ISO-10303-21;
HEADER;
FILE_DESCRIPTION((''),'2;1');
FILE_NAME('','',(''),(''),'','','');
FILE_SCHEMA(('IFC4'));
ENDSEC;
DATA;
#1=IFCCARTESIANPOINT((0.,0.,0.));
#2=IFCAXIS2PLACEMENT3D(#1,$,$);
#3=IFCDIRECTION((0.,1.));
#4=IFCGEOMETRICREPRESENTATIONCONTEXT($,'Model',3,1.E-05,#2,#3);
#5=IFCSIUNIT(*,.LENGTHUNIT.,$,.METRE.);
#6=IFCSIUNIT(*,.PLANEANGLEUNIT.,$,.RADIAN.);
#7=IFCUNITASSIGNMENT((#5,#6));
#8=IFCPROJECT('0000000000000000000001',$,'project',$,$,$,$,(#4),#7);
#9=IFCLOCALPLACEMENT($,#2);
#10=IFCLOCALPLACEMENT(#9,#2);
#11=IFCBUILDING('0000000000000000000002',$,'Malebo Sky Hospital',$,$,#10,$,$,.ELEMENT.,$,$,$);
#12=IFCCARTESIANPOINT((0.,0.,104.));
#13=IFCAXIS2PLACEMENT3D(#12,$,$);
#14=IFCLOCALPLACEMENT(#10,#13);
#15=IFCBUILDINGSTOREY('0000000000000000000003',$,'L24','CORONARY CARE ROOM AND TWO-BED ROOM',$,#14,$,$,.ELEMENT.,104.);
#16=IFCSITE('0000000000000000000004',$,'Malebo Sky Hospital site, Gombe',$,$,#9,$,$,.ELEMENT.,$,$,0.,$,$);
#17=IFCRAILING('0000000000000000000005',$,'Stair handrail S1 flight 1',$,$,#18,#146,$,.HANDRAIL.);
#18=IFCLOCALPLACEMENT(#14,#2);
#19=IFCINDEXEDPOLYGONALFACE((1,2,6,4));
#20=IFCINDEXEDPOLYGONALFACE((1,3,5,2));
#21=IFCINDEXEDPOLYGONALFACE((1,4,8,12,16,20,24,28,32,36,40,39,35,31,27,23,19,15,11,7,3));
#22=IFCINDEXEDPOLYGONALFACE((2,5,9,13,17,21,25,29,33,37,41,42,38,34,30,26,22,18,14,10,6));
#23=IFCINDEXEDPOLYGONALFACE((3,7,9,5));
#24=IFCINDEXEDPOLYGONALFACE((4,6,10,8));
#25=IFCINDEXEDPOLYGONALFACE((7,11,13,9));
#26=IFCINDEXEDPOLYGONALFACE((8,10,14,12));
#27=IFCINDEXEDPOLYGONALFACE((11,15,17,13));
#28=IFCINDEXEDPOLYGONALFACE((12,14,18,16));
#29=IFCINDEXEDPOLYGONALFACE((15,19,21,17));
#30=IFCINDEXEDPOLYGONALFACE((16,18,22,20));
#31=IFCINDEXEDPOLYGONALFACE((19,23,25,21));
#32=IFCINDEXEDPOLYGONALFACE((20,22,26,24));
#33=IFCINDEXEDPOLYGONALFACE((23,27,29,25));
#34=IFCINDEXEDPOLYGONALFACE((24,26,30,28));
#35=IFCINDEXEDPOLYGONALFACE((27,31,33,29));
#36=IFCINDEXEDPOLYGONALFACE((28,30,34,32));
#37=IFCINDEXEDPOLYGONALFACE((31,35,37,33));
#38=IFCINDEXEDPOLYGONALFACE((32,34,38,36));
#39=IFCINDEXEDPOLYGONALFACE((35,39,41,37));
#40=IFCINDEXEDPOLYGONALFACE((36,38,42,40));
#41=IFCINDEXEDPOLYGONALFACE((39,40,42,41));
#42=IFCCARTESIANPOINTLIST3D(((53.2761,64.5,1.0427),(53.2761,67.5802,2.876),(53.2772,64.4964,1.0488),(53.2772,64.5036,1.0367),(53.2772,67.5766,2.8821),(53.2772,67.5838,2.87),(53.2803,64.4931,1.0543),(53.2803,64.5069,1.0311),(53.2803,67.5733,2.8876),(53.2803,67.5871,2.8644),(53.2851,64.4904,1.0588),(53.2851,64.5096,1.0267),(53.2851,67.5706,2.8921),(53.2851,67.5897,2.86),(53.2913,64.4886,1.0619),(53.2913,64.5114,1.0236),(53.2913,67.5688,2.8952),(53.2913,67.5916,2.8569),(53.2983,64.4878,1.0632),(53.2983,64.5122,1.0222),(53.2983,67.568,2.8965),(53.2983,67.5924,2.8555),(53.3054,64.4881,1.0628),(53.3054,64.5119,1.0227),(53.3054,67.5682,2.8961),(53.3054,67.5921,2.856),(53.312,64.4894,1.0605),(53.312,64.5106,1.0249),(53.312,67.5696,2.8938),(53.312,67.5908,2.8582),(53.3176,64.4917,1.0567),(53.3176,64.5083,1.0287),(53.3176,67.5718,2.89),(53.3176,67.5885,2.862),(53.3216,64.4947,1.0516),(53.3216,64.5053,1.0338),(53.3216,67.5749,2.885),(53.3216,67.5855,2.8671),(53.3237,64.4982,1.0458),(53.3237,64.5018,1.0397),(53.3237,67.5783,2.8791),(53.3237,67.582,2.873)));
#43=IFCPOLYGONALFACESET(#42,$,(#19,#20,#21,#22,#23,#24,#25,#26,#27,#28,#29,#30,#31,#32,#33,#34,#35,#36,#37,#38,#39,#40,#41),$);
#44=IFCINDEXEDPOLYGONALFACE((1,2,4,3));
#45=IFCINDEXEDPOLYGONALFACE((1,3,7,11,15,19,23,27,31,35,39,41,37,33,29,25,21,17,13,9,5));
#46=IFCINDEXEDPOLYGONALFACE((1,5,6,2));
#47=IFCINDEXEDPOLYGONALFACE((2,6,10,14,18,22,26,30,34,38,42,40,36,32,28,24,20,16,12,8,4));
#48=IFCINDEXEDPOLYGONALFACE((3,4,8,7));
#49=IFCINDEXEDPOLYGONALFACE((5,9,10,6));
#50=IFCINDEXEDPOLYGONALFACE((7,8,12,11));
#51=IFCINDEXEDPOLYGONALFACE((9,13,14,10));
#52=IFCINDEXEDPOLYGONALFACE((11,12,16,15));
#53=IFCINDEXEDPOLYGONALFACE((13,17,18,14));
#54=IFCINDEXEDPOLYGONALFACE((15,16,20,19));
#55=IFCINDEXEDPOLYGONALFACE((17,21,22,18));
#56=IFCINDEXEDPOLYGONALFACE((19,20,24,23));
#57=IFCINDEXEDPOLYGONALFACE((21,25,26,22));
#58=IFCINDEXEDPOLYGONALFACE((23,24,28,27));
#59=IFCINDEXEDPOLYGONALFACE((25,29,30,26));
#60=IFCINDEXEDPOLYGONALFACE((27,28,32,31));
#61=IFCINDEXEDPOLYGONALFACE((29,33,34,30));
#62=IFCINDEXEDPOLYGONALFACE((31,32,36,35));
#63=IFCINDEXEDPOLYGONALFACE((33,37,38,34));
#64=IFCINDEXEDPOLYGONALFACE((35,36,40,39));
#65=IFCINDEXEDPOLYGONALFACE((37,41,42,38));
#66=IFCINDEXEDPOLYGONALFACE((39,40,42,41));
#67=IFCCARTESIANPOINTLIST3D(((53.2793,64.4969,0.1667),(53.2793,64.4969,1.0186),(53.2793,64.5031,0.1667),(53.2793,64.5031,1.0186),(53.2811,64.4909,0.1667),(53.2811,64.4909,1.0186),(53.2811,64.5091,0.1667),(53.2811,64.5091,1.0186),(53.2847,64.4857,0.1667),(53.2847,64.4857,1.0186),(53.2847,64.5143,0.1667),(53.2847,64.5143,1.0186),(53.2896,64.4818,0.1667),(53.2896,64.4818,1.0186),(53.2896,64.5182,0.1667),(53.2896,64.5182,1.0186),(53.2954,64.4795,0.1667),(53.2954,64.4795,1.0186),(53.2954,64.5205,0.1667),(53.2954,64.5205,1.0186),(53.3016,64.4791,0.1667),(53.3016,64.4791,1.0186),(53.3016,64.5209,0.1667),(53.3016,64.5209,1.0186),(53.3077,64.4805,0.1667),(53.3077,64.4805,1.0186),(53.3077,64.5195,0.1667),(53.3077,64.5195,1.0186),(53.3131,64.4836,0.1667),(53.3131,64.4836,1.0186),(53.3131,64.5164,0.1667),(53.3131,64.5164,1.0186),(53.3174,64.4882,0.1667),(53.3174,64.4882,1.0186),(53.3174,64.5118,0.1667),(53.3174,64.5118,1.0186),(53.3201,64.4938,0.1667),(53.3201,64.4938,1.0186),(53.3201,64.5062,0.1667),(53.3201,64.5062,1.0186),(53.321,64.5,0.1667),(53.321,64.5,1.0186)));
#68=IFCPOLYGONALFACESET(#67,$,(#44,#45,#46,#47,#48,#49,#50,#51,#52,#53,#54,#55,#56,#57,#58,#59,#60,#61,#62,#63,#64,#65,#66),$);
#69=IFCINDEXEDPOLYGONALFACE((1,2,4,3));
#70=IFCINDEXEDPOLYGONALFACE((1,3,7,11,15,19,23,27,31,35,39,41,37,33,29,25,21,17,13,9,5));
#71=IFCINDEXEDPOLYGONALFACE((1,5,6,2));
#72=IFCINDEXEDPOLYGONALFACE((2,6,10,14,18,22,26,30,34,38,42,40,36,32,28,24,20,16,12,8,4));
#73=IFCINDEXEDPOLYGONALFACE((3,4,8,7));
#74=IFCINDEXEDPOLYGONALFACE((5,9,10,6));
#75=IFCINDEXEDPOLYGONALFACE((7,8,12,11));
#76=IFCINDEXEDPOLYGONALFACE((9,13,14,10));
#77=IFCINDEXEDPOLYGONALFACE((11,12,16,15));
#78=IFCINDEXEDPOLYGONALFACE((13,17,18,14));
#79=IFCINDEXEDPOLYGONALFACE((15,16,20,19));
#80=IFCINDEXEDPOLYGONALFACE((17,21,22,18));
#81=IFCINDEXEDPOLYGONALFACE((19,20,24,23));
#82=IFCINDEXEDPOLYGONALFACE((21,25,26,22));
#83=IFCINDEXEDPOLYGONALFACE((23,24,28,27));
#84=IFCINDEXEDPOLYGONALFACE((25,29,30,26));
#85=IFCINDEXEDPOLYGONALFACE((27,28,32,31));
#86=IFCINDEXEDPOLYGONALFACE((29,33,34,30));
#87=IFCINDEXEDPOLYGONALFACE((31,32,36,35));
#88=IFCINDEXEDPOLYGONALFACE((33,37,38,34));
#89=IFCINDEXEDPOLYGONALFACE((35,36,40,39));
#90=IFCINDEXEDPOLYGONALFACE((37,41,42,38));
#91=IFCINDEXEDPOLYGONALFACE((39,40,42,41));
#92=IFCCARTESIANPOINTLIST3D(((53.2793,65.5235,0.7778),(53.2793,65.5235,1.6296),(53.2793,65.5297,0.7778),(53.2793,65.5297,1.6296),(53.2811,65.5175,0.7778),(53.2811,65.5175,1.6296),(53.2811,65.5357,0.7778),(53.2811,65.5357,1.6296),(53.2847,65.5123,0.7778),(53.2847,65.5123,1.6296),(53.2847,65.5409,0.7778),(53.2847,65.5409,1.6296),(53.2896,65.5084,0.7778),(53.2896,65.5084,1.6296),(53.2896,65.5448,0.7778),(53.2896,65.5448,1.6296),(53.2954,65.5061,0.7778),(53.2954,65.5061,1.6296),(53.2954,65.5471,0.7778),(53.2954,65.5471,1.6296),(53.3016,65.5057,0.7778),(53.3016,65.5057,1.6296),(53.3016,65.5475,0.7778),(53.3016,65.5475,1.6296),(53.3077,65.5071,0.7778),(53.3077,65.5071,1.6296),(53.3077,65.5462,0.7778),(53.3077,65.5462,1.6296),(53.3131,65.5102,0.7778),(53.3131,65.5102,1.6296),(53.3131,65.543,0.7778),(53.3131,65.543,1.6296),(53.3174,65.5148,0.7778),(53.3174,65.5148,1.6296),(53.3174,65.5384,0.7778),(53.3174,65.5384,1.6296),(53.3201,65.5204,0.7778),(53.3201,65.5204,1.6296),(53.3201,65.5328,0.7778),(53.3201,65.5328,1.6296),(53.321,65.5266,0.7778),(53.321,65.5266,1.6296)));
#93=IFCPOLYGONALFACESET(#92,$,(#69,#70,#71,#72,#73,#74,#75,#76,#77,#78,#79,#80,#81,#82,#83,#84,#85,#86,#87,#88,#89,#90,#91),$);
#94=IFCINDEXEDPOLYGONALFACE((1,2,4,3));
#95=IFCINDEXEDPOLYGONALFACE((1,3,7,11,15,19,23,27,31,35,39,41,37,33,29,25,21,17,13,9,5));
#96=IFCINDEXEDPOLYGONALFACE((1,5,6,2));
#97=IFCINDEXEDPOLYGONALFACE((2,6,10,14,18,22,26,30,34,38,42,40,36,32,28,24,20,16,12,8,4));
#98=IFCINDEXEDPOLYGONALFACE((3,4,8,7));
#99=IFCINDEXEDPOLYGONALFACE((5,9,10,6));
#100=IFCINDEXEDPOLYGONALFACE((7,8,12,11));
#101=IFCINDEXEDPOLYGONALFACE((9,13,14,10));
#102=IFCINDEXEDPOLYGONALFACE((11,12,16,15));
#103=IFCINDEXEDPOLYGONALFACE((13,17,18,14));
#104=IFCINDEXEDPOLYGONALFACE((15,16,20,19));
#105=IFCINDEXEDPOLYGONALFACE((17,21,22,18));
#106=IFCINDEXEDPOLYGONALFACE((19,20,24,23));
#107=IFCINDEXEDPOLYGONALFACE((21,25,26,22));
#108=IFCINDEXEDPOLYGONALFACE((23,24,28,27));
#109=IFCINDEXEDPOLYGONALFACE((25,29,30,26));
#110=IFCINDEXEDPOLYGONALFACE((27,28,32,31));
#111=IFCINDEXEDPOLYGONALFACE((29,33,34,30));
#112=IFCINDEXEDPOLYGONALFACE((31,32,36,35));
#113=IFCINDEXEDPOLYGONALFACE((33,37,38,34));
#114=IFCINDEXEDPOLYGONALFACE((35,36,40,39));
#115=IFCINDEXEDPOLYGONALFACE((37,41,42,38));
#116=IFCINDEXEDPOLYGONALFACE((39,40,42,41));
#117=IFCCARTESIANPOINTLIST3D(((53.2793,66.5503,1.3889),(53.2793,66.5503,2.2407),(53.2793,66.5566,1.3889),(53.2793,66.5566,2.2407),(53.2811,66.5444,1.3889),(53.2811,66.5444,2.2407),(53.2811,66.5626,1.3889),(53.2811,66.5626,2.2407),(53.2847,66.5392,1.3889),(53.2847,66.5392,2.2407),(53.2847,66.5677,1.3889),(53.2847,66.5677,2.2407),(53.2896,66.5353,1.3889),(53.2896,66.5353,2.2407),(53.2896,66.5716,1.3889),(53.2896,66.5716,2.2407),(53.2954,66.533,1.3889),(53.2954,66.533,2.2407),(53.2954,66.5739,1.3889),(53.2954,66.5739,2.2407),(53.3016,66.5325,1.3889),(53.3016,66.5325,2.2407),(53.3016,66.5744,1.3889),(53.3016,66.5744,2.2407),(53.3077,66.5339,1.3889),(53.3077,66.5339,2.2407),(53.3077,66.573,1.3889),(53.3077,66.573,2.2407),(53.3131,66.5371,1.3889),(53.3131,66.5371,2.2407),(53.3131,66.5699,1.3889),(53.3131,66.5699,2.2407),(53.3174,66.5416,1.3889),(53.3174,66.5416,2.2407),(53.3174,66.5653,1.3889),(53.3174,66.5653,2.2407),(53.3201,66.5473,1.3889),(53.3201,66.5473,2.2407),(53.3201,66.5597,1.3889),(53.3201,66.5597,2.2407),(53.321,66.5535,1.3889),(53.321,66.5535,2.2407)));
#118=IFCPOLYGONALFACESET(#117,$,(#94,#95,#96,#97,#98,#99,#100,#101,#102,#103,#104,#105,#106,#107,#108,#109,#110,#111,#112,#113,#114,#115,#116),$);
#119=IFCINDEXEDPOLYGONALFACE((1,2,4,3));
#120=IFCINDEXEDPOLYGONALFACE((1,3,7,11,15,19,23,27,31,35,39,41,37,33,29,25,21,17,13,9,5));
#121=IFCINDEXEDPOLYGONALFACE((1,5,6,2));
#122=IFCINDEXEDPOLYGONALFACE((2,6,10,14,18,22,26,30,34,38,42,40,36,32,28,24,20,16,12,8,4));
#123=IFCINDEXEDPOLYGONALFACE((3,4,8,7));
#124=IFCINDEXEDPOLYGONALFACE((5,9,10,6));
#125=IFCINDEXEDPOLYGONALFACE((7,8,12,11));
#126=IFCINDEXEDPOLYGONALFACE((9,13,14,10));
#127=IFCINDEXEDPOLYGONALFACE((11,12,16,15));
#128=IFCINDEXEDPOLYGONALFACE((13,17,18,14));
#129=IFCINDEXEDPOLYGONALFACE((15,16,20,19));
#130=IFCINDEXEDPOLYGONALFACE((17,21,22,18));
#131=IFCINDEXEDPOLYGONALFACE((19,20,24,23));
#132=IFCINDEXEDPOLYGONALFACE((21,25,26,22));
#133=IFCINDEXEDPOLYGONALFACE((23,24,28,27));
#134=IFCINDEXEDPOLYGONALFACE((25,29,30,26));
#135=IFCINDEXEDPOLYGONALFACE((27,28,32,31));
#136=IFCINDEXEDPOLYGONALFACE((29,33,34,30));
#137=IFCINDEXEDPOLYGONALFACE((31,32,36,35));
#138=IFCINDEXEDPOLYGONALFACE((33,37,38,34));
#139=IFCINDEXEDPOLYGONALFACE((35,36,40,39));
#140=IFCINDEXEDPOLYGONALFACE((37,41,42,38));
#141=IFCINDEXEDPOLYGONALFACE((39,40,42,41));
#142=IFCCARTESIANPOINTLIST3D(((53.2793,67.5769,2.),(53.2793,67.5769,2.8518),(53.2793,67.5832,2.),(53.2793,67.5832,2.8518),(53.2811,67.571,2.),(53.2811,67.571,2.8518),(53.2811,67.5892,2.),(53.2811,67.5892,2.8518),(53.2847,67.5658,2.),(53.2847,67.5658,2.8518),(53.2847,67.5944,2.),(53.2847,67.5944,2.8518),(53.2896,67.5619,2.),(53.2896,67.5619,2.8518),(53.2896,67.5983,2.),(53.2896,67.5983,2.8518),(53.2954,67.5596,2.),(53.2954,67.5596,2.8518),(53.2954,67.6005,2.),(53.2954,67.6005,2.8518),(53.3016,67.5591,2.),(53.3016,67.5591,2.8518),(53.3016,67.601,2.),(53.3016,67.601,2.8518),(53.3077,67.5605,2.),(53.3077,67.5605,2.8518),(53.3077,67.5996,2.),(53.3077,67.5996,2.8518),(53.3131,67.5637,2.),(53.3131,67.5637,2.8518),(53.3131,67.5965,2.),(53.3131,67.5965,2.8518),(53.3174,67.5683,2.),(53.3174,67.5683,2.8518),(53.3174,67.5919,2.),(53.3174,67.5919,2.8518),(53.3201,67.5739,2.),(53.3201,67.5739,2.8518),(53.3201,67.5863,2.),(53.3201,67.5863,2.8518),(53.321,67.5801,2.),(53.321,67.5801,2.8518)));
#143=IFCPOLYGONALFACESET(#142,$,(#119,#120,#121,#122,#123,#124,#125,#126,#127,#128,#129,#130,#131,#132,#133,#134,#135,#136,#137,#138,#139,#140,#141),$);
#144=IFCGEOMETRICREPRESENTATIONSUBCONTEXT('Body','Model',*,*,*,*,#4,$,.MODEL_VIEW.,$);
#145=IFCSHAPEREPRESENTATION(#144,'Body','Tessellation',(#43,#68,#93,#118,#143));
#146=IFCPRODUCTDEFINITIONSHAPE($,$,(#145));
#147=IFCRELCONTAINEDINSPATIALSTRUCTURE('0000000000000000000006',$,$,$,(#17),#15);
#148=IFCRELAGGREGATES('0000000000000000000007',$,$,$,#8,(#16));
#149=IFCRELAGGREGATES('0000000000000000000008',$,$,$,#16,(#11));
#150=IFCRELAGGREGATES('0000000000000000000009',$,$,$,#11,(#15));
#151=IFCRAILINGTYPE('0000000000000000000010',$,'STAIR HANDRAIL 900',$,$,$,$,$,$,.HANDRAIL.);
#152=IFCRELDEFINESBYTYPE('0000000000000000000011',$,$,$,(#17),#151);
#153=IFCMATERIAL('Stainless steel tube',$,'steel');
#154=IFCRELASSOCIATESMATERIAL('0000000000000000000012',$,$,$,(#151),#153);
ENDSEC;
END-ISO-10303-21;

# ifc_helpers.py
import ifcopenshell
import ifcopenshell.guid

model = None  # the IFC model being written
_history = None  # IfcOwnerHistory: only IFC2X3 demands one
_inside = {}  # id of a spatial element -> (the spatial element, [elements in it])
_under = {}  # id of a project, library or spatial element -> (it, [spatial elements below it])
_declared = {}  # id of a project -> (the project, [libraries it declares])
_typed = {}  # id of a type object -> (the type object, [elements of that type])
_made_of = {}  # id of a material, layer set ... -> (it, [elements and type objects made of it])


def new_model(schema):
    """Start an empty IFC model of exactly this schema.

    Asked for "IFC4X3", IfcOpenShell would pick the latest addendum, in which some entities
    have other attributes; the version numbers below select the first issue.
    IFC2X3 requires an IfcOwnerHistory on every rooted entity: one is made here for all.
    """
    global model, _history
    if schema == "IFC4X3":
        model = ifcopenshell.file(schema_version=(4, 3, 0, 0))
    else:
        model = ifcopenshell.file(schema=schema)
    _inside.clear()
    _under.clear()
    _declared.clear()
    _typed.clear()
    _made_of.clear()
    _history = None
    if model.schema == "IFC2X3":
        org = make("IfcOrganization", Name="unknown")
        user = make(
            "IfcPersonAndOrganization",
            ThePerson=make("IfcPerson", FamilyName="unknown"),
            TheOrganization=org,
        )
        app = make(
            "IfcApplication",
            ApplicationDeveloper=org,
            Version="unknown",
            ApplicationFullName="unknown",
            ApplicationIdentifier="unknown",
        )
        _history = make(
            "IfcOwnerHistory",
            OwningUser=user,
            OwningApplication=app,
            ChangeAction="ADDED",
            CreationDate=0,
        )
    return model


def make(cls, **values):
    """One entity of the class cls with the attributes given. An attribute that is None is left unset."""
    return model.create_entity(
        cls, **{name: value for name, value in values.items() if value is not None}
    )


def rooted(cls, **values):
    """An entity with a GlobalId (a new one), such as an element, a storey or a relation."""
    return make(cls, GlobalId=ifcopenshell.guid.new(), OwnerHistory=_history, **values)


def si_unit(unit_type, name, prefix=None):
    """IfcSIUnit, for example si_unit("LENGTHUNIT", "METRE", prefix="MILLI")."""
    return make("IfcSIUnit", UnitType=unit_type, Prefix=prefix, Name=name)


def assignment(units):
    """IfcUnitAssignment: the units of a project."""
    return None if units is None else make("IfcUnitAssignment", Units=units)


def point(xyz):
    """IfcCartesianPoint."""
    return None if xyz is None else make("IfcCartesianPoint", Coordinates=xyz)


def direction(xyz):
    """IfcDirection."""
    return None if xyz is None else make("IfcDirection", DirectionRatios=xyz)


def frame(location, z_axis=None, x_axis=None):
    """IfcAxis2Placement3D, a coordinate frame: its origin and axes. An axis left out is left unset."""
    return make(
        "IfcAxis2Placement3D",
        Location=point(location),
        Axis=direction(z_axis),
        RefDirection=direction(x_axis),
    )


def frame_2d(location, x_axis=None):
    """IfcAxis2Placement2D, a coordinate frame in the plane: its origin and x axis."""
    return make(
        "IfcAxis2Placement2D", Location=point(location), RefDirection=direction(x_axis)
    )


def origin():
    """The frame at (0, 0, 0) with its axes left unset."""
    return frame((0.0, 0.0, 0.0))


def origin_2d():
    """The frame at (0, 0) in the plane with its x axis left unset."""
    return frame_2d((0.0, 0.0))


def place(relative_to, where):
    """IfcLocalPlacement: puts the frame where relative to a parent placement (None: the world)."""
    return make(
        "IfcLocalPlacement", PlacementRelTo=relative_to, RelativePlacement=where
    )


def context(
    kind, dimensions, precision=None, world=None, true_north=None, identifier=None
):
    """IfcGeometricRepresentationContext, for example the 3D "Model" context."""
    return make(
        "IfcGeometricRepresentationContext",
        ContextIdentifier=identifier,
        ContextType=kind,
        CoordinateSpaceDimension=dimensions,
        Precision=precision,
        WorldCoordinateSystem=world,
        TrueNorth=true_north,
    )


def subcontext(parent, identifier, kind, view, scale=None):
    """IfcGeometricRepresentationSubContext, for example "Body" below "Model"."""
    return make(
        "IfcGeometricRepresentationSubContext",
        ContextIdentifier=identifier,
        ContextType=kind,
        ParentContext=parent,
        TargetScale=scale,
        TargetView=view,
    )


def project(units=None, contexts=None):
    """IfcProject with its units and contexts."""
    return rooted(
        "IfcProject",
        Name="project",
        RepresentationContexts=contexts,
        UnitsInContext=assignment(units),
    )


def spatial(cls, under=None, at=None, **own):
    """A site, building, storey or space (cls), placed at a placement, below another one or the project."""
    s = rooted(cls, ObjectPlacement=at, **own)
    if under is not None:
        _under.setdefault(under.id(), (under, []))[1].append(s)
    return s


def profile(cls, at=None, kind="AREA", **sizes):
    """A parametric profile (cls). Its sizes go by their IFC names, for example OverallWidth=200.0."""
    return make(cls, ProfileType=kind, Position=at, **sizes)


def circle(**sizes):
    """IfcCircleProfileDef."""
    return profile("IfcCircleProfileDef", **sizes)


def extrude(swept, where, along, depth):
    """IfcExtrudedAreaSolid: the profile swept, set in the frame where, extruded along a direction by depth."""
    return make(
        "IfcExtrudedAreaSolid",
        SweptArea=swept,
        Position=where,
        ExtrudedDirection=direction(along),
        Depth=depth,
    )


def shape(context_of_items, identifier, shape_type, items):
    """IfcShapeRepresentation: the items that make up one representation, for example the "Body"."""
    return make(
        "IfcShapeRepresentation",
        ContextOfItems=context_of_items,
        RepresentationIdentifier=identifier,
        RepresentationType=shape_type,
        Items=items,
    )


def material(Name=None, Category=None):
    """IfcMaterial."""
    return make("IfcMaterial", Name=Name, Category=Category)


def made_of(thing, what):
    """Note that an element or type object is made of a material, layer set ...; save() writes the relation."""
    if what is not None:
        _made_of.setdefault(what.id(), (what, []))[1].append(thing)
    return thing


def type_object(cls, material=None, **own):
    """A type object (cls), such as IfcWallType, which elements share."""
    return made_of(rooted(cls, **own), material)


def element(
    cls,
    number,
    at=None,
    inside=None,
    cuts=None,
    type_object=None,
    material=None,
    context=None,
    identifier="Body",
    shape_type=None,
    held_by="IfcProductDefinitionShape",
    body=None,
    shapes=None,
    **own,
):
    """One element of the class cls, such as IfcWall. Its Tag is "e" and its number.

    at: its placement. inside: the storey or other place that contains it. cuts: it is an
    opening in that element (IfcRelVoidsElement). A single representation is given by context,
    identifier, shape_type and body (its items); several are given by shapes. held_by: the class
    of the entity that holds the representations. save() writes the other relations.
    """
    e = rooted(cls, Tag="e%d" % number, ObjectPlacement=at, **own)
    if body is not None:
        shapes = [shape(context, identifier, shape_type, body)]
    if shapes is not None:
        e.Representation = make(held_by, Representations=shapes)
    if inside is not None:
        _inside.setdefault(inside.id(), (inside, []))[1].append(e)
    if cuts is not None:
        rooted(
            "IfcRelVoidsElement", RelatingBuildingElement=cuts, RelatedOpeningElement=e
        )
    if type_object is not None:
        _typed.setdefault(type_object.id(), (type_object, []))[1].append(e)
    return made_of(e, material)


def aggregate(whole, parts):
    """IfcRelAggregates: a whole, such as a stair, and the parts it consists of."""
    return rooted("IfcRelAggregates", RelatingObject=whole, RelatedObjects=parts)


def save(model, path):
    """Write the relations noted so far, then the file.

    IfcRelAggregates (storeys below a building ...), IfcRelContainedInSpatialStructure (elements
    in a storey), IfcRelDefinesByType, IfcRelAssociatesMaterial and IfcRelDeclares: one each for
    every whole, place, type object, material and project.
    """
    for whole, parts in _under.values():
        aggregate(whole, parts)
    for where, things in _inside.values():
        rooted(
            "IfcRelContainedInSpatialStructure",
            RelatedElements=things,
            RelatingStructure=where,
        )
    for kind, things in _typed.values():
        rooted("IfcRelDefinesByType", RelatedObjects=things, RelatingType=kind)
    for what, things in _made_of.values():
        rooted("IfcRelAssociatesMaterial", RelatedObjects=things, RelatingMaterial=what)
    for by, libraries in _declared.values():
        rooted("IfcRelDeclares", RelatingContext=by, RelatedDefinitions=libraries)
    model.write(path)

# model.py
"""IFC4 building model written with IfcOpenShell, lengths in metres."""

from ifc_helpers import new_model, si_unit, direction, frame, origin, origin_2d, place, context, subcontext, project, spatial, circle, extrude, material, type_object, element, save


model = new_model("IFC4")

# Units and contexts
model_context = context("Model", 3, precision=1e-05, world=origin(), true_north=direction((0.0, 1.0)))
body_context = subcontext(model_context, "Body", "Model", "MODEL_VIEW")
ifc_project = project(units=[si_unit("LENGTHUNIT", "METRE"), si_unit("PLANEANGLEUNIT", "RADIAN")], contexts=[model_context])

# Site, building, storey
site_placement = place(None, origin())
site = spatial("IfcSite", under=ifc_project, at=site_placement, Name="Malebo Sky Hospital site, Gombe", CompositionType="ELEMENT", RefElevation=0.0)
building_placement = place(site_placement, origin())
building = spatial("IfcBuilding", under=site, at=building_placement, Name="Malebo Sky Hospital", CompositionType="ELEMENT")
storey_placement = place(building_placement, frame((0.0, 0.0, 104.0)))
storey = spatial("IfcBuildingStorey", under=building, at=storey_placement, Name="L24", Description="CORONARY CARE ROOM AND TWO-BED ROOM", CompositionType="ELEMENT", Elevation=104.0)

# Railing
ifc_material_1 = material(Name="Stainless steel tube", Category="steel")
railing_type = type_object("IfcRailingType", Name="STAIR HANDRAIL 900", PredefinedType="HANDRAIL", material=ifc_material_1)
railing_1_placement = place(storey_placement, frame((53.3, 64.5, 0.1667)))
element("IfcRailing", 1, at=railing_1_placement, inside=storey, type_object=railing_type, Name="Stair handrail S1 flight 1", PredefinedType="HANDRAIL", context=body_context, shape_type="SweptSolid", body=[
    extrude(circle(Radius=0.0239, at=origin_2d()), frame((0.0, 0.0, 0.876), z_axis=(0.0, 0.859309, 0.511458), x_axis=(-1.0, 0.0, 0.0)), (0.0, 0.0, 1.0), 3.5845),
    extrude(circle(Radius=0.021, at=origin_2d()), origin(), (0.0, 0.0, 1.0), 0.8518),
    extrude(circle(Radius=0.021, at=origin_2d()), frame((0.0, 1.0266, 0.6111)), (0.0, 0.0, 1.0), 0.8518),
    extrude(circle(Radius=0.021, at=origin_2d()), frame((0.0, 2.0535, 1.2222)), (0.0, 0.0, 1.0), 0.8518),
    extrude(circle(Radius=0.021, at=origin_2d()), frame((0.0, 3.0801, 1.8333)), (0.0, 0.0, 1.0), 0.8518),
])

save(model, "model.ifc")
